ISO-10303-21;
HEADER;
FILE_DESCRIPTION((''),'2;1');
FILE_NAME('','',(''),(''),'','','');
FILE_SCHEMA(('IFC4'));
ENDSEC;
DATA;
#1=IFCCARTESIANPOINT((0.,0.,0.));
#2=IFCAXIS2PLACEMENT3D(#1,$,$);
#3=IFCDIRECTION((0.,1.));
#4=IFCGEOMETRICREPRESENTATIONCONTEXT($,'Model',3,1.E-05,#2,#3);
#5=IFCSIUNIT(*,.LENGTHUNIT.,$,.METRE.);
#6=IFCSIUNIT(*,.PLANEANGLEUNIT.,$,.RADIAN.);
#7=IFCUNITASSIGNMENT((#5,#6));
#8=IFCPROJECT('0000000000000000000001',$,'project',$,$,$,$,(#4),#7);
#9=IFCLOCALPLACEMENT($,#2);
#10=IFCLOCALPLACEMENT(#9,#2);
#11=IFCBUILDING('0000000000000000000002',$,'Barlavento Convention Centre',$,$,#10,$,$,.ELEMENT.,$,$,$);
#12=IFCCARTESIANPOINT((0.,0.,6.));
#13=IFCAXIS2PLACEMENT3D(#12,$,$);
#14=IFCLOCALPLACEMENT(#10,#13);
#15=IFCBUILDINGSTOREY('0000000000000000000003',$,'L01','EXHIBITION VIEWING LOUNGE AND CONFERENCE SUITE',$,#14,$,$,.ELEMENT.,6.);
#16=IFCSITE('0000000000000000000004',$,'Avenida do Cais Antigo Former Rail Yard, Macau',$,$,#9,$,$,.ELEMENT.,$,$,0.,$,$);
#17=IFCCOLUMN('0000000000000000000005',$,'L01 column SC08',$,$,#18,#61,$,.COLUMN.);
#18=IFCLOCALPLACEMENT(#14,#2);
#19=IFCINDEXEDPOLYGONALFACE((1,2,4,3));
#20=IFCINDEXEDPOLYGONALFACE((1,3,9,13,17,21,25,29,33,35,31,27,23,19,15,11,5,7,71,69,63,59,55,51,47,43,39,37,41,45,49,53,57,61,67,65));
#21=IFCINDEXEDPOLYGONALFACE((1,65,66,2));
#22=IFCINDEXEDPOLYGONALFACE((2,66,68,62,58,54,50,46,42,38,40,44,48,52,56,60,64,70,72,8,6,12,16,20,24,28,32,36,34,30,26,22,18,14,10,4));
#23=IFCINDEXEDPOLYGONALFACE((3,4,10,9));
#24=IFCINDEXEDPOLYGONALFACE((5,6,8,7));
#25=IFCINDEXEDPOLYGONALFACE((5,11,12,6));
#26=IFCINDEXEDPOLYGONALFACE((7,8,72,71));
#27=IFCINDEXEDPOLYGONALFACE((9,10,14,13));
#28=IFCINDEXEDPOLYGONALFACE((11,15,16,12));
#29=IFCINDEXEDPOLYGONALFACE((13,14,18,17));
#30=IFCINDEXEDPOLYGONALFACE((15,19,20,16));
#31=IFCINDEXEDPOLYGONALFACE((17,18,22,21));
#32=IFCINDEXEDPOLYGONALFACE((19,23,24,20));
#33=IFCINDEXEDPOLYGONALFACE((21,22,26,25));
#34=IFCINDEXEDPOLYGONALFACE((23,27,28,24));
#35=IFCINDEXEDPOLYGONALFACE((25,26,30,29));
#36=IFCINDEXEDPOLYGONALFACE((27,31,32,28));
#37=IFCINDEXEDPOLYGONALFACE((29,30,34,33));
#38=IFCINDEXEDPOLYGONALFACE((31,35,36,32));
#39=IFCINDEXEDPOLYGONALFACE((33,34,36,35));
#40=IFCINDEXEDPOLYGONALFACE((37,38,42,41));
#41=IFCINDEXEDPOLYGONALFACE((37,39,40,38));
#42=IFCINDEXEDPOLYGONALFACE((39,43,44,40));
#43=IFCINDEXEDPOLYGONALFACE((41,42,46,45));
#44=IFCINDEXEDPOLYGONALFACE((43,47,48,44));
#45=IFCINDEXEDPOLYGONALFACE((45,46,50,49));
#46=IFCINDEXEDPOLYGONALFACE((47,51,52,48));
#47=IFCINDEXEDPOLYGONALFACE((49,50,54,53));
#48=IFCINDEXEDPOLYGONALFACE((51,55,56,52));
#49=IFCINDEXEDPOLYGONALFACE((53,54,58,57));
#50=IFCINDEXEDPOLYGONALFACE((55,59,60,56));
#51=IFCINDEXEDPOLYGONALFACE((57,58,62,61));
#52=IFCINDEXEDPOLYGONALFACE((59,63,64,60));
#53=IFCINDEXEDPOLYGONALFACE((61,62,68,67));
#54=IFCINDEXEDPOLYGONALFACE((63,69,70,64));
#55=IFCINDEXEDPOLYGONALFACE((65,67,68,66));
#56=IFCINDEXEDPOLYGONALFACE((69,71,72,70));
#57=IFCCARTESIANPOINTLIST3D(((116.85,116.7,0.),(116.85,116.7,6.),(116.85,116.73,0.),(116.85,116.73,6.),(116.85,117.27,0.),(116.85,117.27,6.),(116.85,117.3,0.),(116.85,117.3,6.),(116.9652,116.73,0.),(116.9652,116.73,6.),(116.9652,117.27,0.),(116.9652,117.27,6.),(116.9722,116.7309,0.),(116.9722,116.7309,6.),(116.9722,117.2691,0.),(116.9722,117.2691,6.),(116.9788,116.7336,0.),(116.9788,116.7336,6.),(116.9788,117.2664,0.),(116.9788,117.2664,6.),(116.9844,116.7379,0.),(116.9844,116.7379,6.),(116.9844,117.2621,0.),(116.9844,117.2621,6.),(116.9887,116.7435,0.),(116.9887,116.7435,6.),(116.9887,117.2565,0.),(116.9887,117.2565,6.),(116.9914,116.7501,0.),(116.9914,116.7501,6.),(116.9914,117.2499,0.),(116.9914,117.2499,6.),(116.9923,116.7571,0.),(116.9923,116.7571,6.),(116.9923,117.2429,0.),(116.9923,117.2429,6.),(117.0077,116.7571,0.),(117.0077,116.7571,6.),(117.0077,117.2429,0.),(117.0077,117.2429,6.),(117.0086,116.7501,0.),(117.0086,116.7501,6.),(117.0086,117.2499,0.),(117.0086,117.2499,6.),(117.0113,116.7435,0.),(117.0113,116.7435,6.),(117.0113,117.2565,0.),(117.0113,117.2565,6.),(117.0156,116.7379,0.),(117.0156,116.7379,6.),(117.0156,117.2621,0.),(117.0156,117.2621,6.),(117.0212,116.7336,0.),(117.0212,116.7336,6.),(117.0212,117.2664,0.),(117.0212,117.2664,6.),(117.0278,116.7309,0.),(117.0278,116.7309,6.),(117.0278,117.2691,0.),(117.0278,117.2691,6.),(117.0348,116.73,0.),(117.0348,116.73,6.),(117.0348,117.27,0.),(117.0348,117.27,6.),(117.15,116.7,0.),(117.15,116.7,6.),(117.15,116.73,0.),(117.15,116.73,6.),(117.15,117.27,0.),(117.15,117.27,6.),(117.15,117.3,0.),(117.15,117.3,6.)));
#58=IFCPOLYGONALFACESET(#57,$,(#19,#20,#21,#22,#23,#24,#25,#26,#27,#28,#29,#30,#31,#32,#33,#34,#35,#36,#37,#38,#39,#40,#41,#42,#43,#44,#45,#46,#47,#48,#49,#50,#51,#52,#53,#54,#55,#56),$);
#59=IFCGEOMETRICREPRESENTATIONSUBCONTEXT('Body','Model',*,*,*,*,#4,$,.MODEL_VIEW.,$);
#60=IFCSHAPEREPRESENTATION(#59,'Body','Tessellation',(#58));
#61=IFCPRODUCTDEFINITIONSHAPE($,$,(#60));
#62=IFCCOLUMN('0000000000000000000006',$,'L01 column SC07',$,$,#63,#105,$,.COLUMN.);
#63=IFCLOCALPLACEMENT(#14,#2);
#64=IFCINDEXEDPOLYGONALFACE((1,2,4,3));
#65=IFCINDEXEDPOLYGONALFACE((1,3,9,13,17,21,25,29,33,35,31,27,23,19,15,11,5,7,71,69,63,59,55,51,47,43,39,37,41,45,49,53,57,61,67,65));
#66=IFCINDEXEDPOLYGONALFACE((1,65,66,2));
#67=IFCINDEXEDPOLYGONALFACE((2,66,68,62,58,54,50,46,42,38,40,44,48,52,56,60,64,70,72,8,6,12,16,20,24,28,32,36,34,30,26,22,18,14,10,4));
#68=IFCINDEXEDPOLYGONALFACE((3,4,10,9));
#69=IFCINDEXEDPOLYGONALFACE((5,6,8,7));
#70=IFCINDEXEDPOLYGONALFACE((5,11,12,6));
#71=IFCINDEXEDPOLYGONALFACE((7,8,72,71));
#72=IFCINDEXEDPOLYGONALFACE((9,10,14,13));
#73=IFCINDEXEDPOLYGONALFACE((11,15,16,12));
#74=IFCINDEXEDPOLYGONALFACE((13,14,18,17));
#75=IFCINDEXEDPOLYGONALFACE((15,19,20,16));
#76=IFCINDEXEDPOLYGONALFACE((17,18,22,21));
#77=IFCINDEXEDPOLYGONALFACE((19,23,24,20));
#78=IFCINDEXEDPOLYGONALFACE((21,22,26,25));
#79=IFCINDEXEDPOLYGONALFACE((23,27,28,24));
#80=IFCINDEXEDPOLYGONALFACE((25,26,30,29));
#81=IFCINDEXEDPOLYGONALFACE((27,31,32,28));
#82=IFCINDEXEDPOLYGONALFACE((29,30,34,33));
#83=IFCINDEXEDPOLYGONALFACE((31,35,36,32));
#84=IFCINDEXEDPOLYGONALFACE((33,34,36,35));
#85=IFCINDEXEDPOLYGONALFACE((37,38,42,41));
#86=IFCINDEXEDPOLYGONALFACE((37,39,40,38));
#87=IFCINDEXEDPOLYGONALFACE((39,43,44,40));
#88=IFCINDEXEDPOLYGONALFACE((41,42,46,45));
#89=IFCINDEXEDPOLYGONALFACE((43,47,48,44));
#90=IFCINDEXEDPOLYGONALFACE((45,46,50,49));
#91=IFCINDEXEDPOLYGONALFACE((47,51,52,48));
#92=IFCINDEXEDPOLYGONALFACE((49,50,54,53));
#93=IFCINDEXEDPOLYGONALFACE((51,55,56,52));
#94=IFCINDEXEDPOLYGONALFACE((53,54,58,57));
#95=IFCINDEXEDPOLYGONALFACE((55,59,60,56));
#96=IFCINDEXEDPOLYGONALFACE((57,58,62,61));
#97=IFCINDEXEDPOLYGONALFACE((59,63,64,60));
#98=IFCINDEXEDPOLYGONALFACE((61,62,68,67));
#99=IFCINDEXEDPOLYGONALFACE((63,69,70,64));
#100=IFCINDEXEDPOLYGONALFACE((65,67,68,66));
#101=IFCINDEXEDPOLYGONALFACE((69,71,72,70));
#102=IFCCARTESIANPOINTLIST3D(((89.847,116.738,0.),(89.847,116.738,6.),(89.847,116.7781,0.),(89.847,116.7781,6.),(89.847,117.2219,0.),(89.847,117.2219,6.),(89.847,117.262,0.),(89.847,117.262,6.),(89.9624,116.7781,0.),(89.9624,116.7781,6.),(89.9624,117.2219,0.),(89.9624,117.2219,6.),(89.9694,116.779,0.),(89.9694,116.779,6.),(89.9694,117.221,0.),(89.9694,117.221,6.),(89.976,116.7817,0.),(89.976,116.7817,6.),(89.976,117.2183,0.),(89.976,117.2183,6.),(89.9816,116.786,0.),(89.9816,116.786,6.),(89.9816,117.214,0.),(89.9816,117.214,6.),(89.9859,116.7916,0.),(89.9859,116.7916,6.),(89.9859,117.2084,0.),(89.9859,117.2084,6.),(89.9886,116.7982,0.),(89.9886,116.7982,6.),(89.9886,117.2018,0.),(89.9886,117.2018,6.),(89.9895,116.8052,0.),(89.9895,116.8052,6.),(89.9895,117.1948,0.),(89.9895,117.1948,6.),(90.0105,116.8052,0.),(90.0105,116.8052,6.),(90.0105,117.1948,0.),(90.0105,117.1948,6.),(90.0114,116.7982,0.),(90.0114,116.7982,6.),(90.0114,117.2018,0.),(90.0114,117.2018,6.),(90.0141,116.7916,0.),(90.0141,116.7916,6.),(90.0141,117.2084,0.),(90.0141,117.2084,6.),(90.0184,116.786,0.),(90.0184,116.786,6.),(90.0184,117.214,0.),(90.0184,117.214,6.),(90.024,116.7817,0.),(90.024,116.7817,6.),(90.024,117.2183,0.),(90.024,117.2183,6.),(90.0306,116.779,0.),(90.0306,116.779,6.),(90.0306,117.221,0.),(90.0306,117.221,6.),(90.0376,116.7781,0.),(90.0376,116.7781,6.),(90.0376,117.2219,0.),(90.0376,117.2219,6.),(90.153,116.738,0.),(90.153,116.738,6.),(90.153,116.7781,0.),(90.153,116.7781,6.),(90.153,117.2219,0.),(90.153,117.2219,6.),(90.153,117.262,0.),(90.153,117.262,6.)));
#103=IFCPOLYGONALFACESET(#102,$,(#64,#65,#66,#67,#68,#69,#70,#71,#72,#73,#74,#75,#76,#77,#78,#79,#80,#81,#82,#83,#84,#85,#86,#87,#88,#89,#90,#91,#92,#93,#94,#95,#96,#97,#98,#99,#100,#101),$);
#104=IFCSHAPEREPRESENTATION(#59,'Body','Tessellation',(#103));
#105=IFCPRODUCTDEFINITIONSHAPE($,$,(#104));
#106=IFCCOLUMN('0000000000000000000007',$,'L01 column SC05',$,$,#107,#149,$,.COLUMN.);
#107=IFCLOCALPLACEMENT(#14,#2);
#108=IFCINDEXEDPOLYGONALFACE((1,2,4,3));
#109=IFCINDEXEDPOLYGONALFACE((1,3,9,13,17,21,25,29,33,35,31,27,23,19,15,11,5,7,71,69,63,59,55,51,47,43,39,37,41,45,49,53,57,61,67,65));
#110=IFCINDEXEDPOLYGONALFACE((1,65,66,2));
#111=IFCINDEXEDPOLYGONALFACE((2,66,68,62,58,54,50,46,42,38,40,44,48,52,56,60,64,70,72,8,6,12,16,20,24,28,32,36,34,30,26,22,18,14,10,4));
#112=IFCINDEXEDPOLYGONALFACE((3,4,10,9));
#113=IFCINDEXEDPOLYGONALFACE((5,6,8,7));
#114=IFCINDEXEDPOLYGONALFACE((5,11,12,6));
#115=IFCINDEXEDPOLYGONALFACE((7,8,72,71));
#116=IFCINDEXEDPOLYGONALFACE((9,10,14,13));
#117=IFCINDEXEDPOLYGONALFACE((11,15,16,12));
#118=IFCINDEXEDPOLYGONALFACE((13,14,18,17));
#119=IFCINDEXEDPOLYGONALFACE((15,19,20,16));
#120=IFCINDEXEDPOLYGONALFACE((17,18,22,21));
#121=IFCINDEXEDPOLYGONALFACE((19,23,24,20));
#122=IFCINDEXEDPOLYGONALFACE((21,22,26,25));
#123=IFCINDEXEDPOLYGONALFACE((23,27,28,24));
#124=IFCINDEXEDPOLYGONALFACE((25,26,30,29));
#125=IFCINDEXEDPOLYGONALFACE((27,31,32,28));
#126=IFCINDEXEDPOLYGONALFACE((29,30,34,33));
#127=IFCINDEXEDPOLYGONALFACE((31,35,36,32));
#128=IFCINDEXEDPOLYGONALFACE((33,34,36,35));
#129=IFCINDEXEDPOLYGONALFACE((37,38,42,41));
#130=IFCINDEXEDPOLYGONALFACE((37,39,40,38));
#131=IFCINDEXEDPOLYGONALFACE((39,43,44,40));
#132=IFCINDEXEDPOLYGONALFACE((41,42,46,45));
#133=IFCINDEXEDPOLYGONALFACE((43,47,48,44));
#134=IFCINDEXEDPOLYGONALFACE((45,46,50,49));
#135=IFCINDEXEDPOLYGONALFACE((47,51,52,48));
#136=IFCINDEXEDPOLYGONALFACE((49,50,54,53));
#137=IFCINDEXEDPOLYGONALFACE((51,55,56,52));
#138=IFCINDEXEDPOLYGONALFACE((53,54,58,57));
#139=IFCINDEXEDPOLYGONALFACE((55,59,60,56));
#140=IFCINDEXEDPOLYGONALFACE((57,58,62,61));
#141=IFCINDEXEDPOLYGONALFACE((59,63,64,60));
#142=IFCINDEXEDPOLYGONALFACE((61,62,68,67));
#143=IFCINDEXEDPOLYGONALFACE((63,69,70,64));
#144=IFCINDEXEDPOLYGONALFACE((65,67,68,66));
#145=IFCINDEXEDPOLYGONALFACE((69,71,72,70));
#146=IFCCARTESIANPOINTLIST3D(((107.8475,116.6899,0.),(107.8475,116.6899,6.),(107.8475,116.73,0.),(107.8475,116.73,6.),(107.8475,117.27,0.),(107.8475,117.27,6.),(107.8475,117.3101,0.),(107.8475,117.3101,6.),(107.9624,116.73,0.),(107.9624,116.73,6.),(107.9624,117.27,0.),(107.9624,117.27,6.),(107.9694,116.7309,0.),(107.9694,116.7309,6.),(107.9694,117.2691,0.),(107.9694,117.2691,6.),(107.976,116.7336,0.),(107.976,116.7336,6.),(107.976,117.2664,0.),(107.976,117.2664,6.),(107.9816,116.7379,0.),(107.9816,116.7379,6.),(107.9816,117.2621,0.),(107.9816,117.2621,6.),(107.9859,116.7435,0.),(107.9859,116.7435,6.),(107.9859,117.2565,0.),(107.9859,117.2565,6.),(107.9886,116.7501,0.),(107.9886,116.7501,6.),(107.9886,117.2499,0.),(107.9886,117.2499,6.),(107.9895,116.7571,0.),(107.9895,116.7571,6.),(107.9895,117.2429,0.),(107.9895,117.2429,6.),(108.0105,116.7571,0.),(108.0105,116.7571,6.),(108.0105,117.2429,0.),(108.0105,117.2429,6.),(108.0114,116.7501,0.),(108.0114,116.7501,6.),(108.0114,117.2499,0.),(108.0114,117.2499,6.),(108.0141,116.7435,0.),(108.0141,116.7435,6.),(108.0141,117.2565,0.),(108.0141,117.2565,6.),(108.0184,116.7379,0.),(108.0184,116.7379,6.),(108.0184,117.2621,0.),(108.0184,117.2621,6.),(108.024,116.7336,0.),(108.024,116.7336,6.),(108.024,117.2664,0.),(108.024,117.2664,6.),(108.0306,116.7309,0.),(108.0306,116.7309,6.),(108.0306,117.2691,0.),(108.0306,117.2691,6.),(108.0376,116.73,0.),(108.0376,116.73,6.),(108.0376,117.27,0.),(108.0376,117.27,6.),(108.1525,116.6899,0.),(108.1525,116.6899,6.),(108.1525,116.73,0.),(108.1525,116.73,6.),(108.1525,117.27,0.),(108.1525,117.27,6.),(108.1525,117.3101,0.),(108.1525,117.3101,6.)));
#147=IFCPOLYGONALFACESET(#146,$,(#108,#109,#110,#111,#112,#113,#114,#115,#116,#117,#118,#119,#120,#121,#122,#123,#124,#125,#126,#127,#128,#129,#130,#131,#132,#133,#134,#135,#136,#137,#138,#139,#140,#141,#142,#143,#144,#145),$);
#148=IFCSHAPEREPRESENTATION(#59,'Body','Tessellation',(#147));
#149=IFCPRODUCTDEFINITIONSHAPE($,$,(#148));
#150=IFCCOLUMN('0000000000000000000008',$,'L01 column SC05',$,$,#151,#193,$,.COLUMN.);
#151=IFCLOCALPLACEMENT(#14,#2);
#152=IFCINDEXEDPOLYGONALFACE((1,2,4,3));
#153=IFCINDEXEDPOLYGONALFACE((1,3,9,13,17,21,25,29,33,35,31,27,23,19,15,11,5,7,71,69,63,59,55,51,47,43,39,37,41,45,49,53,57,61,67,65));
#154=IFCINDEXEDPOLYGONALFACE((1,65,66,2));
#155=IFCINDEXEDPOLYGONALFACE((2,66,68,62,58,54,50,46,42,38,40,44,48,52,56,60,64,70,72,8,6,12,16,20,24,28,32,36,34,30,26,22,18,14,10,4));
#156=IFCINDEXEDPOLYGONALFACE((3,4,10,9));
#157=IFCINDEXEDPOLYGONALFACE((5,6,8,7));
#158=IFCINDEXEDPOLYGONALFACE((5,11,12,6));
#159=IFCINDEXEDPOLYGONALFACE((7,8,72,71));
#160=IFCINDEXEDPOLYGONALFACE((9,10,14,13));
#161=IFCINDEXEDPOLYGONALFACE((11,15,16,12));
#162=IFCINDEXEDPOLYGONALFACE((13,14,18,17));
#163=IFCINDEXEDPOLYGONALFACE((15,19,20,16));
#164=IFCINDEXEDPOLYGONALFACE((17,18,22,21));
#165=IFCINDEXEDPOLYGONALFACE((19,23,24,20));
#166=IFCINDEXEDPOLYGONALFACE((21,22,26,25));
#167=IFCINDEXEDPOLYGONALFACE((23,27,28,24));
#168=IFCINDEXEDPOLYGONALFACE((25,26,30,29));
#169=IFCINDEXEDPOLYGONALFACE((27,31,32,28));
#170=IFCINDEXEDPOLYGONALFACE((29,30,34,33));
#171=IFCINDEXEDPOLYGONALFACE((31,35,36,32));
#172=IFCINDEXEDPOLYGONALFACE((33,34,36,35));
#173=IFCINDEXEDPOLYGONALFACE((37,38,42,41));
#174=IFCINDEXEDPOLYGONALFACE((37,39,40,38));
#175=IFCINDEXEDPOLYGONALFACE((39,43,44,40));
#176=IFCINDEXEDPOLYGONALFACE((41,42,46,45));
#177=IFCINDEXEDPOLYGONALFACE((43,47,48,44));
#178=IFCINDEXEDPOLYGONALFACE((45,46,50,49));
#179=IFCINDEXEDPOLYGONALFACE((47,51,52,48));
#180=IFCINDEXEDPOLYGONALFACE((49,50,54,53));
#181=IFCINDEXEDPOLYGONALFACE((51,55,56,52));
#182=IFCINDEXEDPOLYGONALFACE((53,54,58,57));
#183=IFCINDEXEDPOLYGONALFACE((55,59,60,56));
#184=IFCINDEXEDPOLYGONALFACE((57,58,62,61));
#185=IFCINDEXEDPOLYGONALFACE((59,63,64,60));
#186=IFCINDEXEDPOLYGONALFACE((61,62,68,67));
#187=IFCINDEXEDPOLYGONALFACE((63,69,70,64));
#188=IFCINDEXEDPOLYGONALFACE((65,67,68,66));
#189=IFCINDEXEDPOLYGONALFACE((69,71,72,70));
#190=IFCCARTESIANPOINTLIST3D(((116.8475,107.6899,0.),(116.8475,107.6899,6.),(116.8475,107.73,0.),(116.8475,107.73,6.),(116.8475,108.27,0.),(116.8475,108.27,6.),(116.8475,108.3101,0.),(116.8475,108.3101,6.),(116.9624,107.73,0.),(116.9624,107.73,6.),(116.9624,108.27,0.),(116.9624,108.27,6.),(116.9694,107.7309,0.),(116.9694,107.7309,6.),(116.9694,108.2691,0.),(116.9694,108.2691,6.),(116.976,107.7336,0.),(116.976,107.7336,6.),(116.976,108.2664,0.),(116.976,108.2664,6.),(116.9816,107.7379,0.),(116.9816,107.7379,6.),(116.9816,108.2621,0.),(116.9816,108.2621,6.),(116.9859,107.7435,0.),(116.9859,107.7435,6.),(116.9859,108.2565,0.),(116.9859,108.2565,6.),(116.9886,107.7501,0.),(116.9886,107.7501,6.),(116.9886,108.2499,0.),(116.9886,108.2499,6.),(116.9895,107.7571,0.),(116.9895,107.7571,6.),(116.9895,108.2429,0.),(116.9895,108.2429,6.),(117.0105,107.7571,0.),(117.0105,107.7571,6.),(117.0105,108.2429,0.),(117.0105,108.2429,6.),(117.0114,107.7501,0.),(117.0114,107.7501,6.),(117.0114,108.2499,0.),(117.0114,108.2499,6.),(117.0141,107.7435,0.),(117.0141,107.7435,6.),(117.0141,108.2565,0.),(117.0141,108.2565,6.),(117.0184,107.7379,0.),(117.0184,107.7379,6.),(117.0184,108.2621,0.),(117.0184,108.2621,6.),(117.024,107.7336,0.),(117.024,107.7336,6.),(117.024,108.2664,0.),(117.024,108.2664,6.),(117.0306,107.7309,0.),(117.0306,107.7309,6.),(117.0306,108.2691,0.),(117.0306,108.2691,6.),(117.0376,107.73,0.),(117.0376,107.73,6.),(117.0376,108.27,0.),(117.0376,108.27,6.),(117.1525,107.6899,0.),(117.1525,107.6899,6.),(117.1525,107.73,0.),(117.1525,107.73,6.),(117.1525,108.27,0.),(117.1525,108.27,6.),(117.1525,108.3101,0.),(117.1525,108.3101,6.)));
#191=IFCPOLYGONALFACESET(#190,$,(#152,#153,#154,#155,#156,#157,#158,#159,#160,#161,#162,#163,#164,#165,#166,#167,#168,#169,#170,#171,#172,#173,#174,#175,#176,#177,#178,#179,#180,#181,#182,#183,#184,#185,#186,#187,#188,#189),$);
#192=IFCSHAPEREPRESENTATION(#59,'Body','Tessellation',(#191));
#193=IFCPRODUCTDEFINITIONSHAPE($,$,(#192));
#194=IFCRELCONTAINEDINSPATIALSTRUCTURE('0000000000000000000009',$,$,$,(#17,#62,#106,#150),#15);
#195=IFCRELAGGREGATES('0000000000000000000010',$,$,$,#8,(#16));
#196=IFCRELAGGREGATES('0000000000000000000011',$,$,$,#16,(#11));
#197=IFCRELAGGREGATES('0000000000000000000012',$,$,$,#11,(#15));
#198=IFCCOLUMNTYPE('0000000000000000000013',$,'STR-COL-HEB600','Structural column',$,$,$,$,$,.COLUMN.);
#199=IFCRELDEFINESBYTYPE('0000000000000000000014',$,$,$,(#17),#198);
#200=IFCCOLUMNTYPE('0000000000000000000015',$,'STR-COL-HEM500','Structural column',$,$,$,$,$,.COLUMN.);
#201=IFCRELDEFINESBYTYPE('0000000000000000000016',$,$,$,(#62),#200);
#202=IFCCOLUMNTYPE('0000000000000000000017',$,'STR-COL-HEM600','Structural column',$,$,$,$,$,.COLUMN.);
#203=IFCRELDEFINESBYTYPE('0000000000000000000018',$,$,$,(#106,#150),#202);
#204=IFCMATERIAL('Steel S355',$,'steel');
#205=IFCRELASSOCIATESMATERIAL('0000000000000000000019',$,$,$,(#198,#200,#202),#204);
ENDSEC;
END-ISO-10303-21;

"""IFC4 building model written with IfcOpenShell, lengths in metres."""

from ifc_helpers import new_model, si_unit, direction, frame, origin, origin_2d, place, context, subcontext, project, spatial, i_section, extrude, material, material_profile, profile_set, type_object, element, save


model = new_model("IFC4")

# Units and contexts
model_context = context("Model", 3, precision=1e-05, world=origin(), true_north=direction((0.0, 1.0)))
body_context = subcontext(model_context, "Body", "Model", "MODEL_VIEW")
ifc_project = project(units=[si_unit("LENGTHUNIT", "METRE"), si_unit("PLANEANGLEUNIT", "RADIAN")], contexts=[model_context])

# Site, building, storey
site_placement = place(None, origin())
site = spatial("IfcSite", under=ifc_project, at=site_placement, Name="Avenida do Cais Antigo Former Rail Yard, Macau", CompositionType="ELEMENT", RefElevation=0.0)
building_placement = place(site_placement, origin())
building = spatial("IfcBuilding", under=site, at=building_placement, Name="Barlavento Convention Centre", CompositionType="ELEMENT")
storey_placement = place(building_placement, frame((0.0, 0.0, 6.0)))
storey = spatial("IfcBuildingStorey", under=building, at=storey_placement, Name="L01", Description="EXHIBITION VIEWING LOUNGE AND CONFERENCE SUITE", CompositionType="ELEMENT", Elevation=6.0)

# Columns
ifc_material_1 = material(Name="Steel S355", Category="steel")
ifc_material_profile_1 = material_profile(ifc_material_1, i_section(OverallWidth=0.3, OverallDepth=0.6001, WebThickness=0.0154, FlangeThickness=0.03, FilletRadius=0.0271, at=origin_2d()), Name="HEB 600")
ifc_profile_set_1 = profile_set([ifc_material_profile_1], Name="Steel S355")
column_type_1 = type_object("IfcColumnType", Name="STR-COL-HEB600", Description="Structural column", PredefinedType="COLUMN", material=ifc_profile_set_1)
column_1_placement = place(storey_placement, frame((117.0, 117.0, 0.0), z_axis=(0.0, 0.0, 1.0), x_axis=(1.0, 0.0, 0.0)))
element("IfcColumn", 1, at=column_1_placement, inside=storey, type_object=column_type_1, Name="L01 column SC08", PredefinedType="COLUMN", context=body_context, shape_type="SweptSolid", body=[
    extrude(i_section(OverallWidth=0.3, OverallDepth=0.6001, WebThickness=0.0154, FlangeThickness=0.03, FilletRadius=0.0271, at=origin_2d()), origin(), (0.0, 0.0, 1.0), 6.0),
])
ifc_material_profile_2 = material_profile(ifc_material_1, i_section(OverallWidth=0.3059, OverallDepth=0.5239, WebThickness=0.021, FlangeThickness=0.04, FilletRadius=0.0271, at=origin_2d()), Name="HEM 500")
ifc_profile_set_2 = profile_set([ifc_material_profile_2], Name="Steel S355")
column_type_2 = type_object("IfcColumnType", Name="STR-COL-HEM500", Description="Structural column", PredefinedType="COLUMN", material=ifc_profile_set_2)
column_2_placement = place(storey_placement, frame((90.0, 117.0, 0.0), z_axis=(0.0, 0.0, 1.0), x_axis=(1.0, 0.0, 0.0)))
element("IfcColumn", 2, at=column_2_placement, inside=storey, type_object=column_type_2, Name="L01 column SC07", PredefinedType="COLUMN", context=body_context, shape_type="SweptSolid", body=[
    extrude(i_section(OverallWidth=0.3059, OverallDepth=0.5239, WebThickness=0.021, FlangeThickness=0.04, FilletRadius=0.0271, at=origin_2d()), origin(), (0.0, 0.0, 1.0), 6.0),
])
ifc_material_profile_3 = material_profile(ifc_material_1, i_section(OverallWidth=0.3049, OverallDepth=0.6201, WebThickness=0.021, FlangeThickness=0.04, FilletRadius=0.0271, at=origin_2d()), Name="HEM 600")
ifc_profile_set_3 = profile_set([ifc_material_profile_3], Name="Steel S355")
column_type_3 = type_object("IfcColumnType", Name="STR-COL-HEM600", Description="Structural column", PredefinedType="COLUMN", material=ifc_profile_set_3)
for number, where, z_axis, x_axis, name in (
    (3, (108.0, 117.0, 0.0), (0.0, 0.0, 1.0), (1.0, 0.0, 0.0), "L01 column SC05"),
    (4, (117.0, 108.0, 0.0), (0.0, 0.0, 1.0), (1.0, 0.0, 0.0), "L01 column SC05"),
):
    element("IfcColumn", number, at=place(storey_placement, frame(where, z_axis=z_axis, x_axis=x_axis)), inside=storey, type_object=column_type_3, Name=name, PredefinedType="COLUMN", context=body_context, shape_type="SweptSolid", body=[
        extrude(i_section(OverallWidth=0.3049, OverallDepth=0.6201, WebThickness=0.021, FlangeThickness=0.04, FilletRadius=0.0271, at=origin_2d()), origin(), (0.0, 0.0, 1.0), 6.0),
    ])

save(model, "model.ifc")
